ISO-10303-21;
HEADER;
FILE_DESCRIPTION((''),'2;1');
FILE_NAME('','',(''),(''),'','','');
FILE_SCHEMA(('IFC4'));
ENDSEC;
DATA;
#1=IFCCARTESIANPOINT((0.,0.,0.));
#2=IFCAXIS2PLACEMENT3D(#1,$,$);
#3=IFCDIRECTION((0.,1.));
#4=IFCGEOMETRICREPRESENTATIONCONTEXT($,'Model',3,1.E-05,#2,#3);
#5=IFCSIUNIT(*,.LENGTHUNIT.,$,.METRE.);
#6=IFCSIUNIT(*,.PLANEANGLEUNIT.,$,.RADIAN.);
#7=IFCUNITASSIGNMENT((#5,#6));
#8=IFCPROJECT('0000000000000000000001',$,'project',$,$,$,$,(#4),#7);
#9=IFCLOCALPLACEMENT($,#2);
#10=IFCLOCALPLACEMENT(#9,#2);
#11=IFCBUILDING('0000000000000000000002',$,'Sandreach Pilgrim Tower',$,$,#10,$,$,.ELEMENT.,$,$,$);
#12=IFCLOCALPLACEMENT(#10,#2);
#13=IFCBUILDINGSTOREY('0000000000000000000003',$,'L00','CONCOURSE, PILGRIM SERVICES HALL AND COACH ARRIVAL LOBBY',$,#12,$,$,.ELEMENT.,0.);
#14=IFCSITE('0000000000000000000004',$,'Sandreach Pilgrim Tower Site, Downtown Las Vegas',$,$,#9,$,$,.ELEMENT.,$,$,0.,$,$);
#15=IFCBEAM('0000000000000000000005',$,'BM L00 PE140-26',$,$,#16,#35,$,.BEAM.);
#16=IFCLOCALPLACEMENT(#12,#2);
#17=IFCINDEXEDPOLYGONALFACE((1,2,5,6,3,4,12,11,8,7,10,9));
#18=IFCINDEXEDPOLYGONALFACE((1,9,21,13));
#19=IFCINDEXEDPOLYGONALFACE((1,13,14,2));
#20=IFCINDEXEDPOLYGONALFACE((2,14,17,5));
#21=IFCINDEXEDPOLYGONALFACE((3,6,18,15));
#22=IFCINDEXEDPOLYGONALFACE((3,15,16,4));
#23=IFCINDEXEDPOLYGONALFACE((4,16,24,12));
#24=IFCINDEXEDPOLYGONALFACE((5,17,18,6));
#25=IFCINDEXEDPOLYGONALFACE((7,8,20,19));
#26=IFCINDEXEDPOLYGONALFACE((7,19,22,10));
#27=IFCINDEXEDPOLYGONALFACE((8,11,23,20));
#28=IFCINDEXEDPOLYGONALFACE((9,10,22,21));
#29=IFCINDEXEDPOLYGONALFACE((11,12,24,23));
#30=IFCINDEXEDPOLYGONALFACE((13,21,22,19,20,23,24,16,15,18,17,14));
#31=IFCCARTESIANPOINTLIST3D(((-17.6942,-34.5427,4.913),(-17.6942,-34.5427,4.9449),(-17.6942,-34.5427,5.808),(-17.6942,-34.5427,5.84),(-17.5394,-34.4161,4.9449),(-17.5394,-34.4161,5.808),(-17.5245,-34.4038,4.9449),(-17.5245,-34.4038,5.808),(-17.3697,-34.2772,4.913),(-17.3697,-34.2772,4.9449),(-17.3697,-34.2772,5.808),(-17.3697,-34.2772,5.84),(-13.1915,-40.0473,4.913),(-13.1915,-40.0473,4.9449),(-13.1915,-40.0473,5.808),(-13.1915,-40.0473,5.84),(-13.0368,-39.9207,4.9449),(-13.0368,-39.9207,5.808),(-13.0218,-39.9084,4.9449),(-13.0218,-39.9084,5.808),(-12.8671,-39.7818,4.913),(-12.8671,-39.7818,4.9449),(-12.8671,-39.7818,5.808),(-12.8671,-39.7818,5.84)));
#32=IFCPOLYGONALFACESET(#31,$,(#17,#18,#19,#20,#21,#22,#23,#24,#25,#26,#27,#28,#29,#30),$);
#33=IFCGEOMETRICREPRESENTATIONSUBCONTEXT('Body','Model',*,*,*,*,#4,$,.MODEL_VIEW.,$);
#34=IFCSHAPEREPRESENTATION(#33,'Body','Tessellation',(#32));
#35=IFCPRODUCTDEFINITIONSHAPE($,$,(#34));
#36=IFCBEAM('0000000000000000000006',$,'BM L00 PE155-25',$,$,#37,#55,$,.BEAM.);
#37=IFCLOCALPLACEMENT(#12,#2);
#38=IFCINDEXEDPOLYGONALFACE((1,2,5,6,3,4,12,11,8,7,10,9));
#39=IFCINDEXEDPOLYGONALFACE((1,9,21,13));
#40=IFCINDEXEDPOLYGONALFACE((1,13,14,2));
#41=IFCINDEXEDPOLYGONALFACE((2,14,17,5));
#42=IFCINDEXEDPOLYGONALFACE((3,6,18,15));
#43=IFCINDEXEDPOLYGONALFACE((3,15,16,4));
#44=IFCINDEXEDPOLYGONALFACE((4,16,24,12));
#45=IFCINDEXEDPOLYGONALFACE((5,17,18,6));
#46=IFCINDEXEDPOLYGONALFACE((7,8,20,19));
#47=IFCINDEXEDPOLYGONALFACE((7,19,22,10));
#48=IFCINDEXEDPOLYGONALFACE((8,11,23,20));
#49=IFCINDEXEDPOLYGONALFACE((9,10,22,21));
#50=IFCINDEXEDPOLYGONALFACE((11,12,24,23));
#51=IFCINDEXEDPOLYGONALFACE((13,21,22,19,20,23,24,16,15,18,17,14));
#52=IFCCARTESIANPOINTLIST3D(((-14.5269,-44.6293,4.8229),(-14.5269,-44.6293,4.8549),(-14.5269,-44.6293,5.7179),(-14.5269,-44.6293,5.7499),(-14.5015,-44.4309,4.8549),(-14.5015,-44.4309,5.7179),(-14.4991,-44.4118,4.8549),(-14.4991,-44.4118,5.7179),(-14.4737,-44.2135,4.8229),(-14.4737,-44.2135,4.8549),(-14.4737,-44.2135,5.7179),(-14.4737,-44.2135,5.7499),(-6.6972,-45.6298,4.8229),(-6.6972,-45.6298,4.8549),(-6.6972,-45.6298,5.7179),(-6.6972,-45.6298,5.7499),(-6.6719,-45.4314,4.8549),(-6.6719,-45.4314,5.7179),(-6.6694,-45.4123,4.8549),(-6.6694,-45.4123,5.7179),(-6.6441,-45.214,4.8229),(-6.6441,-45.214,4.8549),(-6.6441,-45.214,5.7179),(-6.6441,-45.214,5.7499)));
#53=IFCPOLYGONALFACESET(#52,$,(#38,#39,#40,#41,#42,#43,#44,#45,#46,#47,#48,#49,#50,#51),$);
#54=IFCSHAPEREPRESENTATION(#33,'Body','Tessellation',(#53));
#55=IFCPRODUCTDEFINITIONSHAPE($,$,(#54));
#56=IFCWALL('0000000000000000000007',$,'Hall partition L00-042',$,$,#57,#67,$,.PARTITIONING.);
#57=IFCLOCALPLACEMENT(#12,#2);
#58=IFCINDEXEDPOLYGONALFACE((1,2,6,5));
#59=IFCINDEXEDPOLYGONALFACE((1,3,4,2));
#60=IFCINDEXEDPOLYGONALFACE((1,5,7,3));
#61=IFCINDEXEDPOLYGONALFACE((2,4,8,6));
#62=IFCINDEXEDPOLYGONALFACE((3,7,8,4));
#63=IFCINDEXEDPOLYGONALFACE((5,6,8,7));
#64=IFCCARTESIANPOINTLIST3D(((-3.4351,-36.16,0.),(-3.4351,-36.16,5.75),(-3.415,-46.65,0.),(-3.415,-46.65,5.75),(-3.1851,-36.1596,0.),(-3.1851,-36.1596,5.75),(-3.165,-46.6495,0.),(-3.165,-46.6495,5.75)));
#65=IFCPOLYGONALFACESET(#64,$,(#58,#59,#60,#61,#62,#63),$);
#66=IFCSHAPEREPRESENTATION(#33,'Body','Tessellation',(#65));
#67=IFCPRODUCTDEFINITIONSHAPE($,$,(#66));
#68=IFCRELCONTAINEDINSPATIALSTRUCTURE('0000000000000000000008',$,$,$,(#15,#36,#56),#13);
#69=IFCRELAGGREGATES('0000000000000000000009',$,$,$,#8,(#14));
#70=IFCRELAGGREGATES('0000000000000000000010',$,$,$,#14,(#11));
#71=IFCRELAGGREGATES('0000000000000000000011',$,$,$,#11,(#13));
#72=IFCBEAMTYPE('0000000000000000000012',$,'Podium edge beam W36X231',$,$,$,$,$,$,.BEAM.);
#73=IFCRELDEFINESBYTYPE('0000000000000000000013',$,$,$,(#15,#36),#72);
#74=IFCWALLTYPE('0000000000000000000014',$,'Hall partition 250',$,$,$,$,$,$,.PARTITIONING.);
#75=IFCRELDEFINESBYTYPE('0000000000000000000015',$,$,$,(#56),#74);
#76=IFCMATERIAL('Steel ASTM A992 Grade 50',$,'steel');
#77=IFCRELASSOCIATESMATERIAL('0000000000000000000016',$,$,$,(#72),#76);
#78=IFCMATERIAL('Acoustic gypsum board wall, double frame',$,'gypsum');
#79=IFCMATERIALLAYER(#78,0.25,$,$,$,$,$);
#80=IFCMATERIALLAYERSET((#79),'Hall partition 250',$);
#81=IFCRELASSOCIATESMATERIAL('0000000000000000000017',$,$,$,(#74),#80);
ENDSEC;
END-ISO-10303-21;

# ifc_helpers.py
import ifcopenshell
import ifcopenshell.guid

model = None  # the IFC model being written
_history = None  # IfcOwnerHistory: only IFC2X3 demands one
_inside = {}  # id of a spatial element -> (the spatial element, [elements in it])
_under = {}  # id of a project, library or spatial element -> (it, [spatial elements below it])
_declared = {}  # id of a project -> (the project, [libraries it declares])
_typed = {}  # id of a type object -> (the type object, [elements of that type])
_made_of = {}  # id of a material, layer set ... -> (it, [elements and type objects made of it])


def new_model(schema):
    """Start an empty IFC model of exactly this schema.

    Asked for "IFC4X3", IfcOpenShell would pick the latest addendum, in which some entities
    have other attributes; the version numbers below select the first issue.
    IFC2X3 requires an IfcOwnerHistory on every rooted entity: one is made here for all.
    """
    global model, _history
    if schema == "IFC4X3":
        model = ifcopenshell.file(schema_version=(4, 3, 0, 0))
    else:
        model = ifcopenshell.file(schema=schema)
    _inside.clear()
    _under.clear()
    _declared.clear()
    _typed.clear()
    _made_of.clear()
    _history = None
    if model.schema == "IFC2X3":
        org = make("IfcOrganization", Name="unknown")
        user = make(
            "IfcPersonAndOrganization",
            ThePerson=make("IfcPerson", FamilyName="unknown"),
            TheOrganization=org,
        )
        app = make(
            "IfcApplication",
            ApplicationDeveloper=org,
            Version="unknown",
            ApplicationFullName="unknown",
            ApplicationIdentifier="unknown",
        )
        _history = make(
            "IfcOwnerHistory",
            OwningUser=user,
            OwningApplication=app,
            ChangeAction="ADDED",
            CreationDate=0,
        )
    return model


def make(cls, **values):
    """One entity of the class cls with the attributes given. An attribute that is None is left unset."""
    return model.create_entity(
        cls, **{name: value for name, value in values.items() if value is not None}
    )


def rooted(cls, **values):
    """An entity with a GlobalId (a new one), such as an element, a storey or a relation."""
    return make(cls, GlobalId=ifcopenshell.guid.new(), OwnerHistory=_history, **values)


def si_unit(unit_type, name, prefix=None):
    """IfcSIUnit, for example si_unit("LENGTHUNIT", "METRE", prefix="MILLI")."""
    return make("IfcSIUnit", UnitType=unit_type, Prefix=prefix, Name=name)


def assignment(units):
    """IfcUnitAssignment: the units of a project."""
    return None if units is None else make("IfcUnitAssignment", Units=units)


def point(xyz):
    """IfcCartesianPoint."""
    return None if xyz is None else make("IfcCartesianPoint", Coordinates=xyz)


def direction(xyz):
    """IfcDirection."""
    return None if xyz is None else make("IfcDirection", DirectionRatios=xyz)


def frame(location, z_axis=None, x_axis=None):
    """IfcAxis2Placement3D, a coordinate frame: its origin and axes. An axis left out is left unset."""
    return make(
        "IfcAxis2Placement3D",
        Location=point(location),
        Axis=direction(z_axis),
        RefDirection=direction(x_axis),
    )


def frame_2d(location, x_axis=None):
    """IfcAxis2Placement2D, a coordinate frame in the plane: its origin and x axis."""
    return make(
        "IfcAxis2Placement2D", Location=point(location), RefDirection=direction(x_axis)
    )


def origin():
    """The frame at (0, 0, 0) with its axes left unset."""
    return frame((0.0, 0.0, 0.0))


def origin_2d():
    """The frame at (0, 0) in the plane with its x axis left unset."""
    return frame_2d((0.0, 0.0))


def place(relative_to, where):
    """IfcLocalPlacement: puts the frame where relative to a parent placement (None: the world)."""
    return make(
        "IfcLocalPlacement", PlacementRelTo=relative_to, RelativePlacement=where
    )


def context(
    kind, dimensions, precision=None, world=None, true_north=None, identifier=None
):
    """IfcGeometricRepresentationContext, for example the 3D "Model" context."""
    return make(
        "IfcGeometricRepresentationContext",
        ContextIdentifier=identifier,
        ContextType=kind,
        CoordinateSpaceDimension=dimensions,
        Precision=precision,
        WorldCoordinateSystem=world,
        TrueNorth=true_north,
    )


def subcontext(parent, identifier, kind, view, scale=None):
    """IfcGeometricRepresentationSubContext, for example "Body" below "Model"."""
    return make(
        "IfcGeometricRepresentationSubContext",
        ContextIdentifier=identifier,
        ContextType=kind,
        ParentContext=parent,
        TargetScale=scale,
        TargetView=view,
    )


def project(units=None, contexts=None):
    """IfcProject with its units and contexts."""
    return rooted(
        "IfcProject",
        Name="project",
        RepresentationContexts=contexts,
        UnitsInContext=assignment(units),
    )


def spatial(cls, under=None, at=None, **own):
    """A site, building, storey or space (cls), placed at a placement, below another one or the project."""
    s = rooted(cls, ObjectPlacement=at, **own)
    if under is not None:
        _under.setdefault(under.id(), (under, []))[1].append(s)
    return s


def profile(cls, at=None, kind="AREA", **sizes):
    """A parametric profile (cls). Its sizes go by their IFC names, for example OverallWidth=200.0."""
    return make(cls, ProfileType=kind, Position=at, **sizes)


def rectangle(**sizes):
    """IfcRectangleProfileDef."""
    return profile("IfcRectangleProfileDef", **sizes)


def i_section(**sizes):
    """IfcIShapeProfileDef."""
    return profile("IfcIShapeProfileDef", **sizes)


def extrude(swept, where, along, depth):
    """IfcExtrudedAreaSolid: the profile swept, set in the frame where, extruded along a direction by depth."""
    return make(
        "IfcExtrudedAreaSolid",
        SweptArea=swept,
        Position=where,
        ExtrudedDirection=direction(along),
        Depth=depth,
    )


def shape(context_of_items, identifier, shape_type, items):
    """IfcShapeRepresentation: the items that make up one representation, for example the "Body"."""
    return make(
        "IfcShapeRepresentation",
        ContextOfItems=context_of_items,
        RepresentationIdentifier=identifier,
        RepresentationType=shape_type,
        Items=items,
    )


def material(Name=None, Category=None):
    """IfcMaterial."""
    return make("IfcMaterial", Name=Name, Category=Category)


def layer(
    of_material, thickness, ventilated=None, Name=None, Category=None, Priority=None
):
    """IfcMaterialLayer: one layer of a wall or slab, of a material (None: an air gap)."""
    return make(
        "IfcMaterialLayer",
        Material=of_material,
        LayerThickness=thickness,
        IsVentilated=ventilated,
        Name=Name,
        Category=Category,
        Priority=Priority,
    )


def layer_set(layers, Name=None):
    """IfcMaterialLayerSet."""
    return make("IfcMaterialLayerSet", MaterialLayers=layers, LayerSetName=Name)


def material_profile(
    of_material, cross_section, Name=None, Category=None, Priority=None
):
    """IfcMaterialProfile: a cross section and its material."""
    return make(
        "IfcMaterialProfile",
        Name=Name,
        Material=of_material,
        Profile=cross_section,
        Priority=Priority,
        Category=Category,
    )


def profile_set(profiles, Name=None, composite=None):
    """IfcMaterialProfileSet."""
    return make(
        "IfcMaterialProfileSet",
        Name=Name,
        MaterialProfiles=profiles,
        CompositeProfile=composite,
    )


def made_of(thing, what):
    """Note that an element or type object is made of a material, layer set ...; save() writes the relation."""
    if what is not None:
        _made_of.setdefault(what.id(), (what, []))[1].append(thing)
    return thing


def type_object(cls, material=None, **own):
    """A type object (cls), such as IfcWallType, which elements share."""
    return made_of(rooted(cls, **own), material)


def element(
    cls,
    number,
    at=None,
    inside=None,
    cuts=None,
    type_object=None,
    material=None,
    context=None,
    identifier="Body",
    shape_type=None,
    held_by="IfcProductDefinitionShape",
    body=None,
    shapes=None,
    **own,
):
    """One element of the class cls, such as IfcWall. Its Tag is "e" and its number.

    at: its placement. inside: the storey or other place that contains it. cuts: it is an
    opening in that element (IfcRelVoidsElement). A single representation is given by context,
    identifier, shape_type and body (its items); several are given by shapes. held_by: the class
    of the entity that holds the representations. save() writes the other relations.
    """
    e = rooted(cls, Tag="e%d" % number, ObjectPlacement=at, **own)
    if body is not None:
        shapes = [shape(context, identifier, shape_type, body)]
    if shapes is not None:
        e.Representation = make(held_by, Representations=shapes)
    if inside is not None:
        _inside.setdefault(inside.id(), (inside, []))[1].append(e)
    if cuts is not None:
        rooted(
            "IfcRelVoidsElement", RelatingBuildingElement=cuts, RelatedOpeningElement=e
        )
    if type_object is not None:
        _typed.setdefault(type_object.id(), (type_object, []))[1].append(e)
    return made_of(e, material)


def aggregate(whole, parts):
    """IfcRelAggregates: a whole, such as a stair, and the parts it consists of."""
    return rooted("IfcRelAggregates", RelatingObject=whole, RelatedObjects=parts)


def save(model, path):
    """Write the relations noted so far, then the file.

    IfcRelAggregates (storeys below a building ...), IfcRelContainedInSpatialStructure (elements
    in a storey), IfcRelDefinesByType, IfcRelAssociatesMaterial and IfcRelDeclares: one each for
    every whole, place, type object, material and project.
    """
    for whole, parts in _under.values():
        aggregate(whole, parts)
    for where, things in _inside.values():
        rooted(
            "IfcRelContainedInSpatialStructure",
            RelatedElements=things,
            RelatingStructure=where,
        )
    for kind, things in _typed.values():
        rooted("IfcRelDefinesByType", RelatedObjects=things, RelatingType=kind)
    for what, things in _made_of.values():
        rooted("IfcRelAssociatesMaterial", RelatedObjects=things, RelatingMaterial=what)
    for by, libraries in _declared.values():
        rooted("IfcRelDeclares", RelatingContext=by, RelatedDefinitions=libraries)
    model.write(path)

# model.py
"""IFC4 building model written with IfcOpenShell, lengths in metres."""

from ifc_helpers import new_model, si_unit, direction, frame, frame_2d, origin, origin_2d, place, context, subcontext, project, spatial, rectangle, i_section, extrude, material, layer, layer_set, material_profile, profile_set, type_object, element, save


model = new_model("IFC4")

# Units and contexts
model_context = context("Model", 3, precision=1e-05, world=origin(), true_north=direction((0.0, 1.0)))
body_context = subcontext(model_context, "Body", "Model", "MODEL_VIEW")
ifc_project = project(units=[si_unit("LENGTHUNIT", "METRE"), si_unit("PLANEANGLEUNIT", "RADIAN")], contexts=[model_context])

# Site, building, storey
site_placement = place(None, origin())
site = spatial("IfcSite", under=ifc_project, at=site_placement, Name="Sandreach Pilgrim Tower Site, Downtown Las Vegas", CompositionType="ELEMENT", RefElevation=0.0)
building_placement = place(site_placement, origin())
building = spatial("IfcBuilding", under=site, at=building_placement, Name="Sandreach Pilgrim Tower", CompositionType="ELEMENT")
storey_placement = place(building_placement, origin())
storey = spatial("IfcBuildingStorey", under=building, at=storey_placement, Name="L00", Description="CONCOURSE, PILGRIM SERVICES HALL AND COACH ARRIVAL LOBBY", CompositionType="ELEMENT", Elevation=0.0)

# Beams
ifc_material_1 = material(Name="Steel ASTM A992 Grade 50", Category="steel")
ifc_material_profile_1 = material_profile(ifc_material_1, i_section(OverallWidth=0.4192, OverallDepth=0.927, WebThickness=0.0193, FlangeThickness=0.032, at=origin_2d()), Name="W36X231")
ifc_profile_set_1 = profile_set([ifc_material_profile_1], Name="Steel ASTM A992 Grade 50")
beam_type_1 = type_object("IfcBeamType", Name="Podium edge beam W36X231", PredefinedType="BEAM", material=ifc_profile_set_1)
beam_1_placement = place(storey_placement, frame((-13.0293, -39.9146, 5.3765), z_axis=(-0.633144, 0.774034, 0.0), x_axis=(-0.774034, -0.633144, 0.0)))
element("IfcBeam", 1, at=beam_1_placement, inside=storey, type_object=beam_type_1, Name="BM L00 PE140-26", PredefinedType="BEAM", context=body_context, shape_type="SweptSolid", body=[
    extrude(i_section(OverallWidth=0.4192, OverallDepth=0.927, WebThickness=0.0193, FlangeThickness=0.032, at=origin_2d()), origin(), (0.0, 0.0, 1.0), 7.1116),
])
beam_2_placement = place(storey_placement, frame((-6.6707, -45.4219, 5.2864), z_axis=(-0.991934, 0.126752, 0.0), x_axis=(-0.126752, -0.991934, 0.0)))
element("IfcBeam", 2, at=beam_2_placement, inside=storey, type_object=beam_type_1, Name="BM L00 PE155-25", PredefinedType="BEAM", context=body_context, shape_type="SweptSolid", body=[
    extrude(i_section(OverallWidth=0.4192, OverallDepth=0.927, WebThickness=0.0193, FlangeThickness=0.032, at=origin_2d()), origin(), (0.0, 0.0, 1.0), 7.8933),
])

# Wall
ifc_material_2 = material(Name="Acoustic gypsum board wall, double frame", Category="gypsum")
ifc_layer_1 = layer(ifc_material_2, 0.25)
ifc_layer_set_1 = layer_set([ifc_layer_1], Name="Hall partition 250")
wall_type_1 = type_object("IfcWallType", Name="Hall partition 250", PredefinedType="PARTITIONING", material=ifc_layer_set_1)
wall_1_placement = place(storey_placement, frame((-3.29, -46.6499, 0.0), z_axis=(0.0, 0.0, 1.0), x_axis=(-0.001908, 0.999998, 0.0)))
element("IfcWall", 3, at=wall_1_placement, inside=storey, type_object=wall_type_1, Name="Hall partition L00-042", PredefinedType="PARTITIONING", context=body_context, shape_type="SweptSolid", body=[
    extrude(rectangle(XDim=10.49, YDim=0.25, at=frame_2d((5.2451, 0.0))), origin(), (0.0, 0.0, 1.0), 5.75),
])

save(model, "model.ifc")
